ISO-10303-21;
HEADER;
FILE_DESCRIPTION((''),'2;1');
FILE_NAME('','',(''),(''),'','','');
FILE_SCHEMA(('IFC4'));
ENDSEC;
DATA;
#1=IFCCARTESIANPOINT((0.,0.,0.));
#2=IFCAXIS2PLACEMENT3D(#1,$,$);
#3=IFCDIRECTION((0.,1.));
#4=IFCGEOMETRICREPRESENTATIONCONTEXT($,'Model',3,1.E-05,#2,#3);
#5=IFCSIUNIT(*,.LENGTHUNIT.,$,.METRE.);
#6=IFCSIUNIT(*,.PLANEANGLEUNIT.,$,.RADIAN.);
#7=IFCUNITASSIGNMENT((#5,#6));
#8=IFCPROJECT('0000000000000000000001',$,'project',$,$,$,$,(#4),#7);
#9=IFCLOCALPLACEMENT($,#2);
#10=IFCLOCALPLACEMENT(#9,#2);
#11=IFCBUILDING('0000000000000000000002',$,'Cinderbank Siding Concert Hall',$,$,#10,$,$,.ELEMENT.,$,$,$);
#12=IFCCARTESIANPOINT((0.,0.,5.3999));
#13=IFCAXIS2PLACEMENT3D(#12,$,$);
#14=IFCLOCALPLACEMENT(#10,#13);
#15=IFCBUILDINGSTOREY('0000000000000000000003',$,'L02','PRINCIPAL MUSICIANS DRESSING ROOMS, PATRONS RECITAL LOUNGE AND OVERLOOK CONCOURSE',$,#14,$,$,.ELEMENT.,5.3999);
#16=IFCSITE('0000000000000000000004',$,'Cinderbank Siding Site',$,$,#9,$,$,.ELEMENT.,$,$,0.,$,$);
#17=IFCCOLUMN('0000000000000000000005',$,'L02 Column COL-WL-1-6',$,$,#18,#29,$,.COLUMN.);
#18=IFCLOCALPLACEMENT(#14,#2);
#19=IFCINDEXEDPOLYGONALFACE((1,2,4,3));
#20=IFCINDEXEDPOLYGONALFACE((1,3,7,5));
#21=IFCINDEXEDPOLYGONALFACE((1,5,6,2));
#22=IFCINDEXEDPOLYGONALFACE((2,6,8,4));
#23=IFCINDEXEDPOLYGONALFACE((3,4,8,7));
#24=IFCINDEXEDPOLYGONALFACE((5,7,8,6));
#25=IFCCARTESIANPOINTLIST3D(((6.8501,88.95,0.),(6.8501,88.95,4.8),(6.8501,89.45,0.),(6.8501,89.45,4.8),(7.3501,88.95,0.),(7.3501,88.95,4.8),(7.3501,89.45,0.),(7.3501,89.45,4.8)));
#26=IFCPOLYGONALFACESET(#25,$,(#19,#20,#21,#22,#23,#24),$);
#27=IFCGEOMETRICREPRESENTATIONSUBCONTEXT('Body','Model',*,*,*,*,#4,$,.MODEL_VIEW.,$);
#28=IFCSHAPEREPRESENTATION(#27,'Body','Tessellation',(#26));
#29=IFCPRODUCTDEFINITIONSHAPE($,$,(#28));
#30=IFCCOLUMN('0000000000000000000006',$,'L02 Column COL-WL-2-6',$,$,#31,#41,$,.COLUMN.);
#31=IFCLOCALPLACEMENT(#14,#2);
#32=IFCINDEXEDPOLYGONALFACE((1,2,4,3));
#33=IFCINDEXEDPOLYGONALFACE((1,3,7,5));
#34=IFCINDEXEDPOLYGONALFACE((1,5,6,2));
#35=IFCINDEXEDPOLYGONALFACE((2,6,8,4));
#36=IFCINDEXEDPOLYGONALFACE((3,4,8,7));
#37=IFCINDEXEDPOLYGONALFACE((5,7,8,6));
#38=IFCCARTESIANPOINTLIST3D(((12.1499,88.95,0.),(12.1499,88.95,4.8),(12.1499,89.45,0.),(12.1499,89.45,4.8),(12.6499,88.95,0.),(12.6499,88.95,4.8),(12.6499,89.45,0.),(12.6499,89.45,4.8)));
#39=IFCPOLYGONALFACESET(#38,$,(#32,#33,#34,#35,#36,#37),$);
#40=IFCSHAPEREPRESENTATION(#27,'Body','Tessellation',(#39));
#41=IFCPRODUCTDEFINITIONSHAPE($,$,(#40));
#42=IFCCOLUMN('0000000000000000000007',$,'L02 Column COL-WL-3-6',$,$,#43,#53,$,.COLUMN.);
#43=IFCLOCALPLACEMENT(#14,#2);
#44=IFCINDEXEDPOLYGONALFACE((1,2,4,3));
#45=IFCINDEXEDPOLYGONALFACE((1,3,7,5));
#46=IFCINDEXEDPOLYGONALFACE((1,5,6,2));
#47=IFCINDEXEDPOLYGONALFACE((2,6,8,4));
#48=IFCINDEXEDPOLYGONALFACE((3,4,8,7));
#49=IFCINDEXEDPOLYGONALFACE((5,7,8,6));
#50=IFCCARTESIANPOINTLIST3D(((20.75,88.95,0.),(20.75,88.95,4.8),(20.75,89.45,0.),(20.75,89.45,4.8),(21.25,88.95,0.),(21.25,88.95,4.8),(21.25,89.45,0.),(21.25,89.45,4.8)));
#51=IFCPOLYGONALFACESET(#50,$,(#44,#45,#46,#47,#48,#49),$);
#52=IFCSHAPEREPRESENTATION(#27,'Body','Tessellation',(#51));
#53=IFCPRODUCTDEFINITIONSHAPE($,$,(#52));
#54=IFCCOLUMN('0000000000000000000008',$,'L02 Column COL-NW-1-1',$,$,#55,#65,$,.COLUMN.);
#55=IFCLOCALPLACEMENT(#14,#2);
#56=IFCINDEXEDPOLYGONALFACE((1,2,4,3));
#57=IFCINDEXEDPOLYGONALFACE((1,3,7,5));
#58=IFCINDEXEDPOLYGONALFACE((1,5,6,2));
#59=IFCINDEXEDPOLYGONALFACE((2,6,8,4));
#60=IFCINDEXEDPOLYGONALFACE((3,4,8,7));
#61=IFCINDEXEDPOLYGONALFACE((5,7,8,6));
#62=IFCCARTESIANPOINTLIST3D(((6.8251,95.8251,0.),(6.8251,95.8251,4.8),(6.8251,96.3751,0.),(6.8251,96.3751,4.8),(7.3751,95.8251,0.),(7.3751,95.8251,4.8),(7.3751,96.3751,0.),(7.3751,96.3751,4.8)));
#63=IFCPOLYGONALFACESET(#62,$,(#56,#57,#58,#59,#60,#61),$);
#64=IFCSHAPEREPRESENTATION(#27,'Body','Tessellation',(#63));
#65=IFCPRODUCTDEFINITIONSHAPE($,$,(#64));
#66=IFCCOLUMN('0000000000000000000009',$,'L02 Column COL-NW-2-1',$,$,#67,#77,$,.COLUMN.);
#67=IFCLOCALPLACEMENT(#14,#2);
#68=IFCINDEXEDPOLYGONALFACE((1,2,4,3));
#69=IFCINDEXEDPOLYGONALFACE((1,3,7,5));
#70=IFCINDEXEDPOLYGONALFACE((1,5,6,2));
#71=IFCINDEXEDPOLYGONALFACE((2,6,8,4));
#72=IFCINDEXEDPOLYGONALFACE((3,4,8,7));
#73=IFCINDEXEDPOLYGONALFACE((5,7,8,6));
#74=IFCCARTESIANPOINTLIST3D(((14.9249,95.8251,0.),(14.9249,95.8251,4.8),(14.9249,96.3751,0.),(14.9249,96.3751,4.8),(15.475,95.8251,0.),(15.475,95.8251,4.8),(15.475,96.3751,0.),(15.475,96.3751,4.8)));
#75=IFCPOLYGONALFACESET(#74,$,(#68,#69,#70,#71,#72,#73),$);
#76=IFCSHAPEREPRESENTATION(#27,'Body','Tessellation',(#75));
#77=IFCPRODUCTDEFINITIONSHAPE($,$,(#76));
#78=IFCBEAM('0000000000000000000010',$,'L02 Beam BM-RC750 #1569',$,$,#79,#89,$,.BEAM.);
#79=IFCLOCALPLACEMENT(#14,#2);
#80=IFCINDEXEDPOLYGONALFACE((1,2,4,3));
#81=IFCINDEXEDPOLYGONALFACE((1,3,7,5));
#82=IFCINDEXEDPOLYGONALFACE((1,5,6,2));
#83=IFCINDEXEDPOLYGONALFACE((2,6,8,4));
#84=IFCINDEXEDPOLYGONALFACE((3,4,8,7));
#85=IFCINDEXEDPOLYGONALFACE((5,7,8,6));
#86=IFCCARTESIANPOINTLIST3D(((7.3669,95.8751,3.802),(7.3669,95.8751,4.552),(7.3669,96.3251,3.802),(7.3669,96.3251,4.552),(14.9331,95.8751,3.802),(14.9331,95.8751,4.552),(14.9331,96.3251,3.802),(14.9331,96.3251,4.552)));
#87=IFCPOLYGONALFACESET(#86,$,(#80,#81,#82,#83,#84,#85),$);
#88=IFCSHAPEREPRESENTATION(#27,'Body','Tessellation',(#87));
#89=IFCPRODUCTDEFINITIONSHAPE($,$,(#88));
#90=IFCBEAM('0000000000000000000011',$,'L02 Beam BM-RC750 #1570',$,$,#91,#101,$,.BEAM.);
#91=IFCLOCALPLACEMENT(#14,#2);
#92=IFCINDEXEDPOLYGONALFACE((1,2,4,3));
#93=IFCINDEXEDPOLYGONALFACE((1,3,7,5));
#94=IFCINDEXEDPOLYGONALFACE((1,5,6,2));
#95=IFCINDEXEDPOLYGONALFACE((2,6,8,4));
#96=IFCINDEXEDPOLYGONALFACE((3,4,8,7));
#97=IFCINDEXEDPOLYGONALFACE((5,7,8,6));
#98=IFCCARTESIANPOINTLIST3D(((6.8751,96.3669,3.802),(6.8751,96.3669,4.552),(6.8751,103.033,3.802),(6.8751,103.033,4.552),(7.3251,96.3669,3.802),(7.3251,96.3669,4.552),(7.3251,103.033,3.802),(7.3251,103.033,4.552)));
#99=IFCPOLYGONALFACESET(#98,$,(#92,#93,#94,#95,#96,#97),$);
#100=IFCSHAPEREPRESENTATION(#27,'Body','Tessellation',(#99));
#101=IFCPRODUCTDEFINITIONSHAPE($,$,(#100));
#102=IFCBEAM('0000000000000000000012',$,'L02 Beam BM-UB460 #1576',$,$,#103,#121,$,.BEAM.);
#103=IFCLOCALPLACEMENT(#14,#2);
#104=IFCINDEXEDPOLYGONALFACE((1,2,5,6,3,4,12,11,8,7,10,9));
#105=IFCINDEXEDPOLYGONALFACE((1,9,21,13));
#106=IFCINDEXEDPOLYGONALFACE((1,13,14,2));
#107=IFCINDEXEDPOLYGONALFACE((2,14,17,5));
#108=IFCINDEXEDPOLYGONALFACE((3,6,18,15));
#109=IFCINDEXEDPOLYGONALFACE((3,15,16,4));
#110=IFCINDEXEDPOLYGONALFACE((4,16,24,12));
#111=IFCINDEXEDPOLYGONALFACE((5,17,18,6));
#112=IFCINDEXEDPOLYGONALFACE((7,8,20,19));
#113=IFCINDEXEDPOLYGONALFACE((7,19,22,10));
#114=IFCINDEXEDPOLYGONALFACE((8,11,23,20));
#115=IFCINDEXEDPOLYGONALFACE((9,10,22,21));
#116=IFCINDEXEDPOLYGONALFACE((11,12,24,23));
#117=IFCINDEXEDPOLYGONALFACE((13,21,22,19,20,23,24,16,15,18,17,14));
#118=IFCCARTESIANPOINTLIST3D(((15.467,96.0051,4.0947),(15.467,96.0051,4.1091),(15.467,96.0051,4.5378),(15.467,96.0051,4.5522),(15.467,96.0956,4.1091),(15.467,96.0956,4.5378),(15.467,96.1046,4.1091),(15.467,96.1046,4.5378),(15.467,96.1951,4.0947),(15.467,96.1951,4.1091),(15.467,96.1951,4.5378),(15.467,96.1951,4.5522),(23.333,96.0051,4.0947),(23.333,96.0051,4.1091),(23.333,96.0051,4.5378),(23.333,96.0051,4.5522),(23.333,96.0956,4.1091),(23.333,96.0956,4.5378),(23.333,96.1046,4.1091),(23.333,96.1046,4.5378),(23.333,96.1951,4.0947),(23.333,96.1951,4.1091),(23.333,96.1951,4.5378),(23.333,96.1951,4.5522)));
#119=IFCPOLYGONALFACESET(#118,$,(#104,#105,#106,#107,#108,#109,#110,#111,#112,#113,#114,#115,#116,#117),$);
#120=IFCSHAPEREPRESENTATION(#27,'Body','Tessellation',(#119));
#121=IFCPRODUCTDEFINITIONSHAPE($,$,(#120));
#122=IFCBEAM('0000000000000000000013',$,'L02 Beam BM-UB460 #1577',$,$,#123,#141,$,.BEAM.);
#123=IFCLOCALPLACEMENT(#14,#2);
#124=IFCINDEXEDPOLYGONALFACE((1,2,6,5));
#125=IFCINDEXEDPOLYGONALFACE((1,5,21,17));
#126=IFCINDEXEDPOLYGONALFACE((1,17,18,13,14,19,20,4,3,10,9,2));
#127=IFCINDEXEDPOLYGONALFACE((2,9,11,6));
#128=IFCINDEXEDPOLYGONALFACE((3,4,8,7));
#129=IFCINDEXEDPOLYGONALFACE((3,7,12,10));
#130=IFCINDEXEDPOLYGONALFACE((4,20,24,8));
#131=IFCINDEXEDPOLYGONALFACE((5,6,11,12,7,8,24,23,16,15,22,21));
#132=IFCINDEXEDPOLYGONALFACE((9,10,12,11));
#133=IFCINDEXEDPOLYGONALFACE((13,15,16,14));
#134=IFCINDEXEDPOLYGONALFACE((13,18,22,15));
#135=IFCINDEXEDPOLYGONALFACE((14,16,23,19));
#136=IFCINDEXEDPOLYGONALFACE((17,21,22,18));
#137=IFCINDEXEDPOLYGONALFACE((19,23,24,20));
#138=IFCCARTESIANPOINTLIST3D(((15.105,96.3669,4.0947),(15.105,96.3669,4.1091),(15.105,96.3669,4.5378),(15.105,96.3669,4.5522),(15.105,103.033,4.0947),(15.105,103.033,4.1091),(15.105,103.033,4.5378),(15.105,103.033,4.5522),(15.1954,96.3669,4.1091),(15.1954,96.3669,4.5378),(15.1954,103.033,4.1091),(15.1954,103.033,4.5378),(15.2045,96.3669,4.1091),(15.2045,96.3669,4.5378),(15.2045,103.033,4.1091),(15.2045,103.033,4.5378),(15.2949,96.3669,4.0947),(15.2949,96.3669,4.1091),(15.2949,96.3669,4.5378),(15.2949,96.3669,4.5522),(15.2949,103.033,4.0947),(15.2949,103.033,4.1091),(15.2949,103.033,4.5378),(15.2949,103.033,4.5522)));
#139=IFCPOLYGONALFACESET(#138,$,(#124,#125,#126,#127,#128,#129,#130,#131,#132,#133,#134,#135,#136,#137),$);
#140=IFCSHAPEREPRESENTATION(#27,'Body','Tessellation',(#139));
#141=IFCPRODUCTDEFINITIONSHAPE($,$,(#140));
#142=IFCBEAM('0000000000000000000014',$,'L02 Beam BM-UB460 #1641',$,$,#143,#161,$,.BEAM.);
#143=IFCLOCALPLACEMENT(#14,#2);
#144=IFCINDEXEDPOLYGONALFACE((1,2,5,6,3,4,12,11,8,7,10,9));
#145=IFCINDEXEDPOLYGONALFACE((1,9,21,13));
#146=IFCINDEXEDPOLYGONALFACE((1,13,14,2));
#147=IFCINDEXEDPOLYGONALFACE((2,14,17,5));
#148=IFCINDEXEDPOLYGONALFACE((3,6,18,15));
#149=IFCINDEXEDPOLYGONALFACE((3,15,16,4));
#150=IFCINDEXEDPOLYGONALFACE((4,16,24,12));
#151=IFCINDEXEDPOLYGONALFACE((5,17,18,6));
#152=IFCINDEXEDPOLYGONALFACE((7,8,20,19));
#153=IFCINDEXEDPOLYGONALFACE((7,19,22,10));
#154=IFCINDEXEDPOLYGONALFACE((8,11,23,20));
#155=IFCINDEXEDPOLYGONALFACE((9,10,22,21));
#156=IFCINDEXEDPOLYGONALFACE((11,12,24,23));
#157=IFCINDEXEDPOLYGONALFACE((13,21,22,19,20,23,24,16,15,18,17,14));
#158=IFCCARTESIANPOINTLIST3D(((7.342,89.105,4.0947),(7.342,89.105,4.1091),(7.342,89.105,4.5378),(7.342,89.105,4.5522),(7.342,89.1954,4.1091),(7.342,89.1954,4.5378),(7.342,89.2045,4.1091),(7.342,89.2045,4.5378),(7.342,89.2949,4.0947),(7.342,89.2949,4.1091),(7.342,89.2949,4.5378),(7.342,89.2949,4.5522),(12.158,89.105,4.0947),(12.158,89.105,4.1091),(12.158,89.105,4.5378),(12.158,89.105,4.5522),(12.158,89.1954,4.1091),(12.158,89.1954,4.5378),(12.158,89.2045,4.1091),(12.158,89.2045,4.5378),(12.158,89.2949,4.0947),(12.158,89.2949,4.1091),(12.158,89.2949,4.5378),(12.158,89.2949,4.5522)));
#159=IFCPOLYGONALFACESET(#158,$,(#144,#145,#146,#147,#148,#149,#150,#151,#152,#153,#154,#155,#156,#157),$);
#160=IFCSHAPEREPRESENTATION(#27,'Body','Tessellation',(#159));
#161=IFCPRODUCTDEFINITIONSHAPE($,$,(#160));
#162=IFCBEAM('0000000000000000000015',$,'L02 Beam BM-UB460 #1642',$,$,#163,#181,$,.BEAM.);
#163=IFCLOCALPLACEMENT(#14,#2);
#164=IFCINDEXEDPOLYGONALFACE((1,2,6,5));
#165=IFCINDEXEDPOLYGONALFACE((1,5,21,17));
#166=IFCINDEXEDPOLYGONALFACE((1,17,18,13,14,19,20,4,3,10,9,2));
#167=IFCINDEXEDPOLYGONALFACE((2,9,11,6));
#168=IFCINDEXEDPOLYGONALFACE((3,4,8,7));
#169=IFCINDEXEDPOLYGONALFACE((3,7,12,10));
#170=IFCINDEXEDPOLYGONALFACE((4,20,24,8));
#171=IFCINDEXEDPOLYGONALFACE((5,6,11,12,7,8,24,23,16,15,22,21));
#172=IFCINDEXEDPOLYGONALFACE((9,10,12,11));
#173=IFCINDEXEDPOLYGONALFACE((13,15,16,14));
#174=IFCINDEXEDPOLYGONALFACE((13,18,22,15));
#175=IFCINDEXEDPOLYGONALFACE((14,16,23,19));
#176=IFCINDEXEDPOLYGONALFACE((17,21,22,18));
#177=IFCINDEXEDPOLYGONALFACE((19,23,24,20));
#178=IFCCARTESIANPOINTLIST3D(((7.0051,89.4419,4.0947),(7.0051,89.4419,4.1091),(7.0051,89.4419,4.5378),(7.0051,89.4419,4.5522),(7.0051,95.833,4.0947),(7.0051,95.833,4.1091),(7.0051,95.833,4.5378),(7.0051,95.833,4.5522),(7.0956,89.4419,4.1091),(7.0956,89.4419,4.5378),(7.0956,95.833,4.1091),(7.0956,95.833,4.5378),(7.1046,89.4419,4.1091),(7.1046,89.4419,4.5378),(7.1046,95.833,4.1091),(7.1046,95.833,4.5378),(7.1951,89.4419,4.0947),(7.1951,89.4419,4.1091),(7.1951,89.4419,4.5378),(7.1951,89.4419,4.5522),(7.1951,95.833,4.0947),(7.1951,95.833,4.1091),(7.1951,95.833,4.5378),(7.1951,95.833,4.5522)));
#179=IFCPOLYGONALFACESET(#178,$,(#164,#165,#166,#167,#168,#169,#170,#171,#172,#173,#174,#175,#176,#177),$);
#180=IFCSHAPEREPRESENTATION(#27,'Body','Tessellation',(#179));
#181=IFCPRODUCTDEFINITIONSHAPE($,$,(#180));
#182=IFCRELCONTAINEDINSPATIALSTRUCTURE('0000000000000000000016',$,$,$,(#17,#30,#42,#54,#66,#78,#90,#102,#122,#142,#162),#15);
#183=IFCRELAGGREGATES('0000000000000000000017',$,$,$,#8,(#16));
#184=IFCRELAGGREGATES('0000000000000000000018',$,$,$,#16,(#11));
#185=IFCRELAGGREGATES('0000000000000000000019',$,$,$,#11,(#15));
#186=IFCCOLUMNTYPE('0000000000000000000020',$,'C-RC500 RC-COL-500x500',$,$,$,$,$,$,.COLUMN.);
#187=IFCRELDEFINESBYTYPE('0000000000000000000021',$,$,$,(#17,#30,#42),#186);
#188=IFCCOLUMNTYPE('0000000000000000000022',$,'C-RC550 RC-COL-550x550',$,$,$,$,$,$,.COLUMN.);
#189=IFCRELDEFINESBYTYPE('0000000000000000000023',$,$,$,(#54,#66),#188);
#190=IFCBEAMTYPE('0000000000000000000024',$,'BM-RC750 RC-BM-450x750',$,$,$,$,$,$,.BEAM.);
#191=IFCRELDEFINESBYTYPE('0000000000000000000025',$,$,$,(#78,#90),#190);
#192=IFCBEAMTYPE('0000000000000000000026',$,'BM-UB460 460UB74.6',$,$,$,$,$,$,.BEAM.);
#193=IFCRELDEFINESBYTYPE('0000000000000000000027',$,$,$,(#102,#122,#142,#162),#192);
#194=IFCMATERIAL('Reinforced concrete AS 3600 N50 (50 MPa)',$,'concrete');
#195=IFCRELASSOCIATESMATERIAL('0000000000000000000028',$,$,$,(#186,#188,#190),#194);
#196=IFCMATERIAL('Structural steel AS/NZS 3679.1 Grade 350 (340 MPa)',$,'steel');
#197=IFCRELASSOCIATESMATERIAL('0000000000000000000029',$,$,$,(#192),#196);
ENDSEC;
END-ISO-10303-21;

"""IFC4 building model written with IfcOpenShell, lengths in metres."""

from ifc_helpers import new_model, si_unit, direction, frame, origin, origin_2d, place, context, subcontext, project, spatial, rectangle, i_section, extrude, material, material_profile, profile_set, type_object, element, save


model = new_model("IFC4")

# Units and contexts
model_context = context("Model", 3, precision=1e-05, world=origin(), true_north=direction((0.0, 1.0)))
body_context = subcontext(model_context, "Body", "Model", "MODEL_VIEW")
ifc_project = project(units=[si_unit("LENGTHUNIT", "METRE"), si_unit("PLANEANGLEUNIT", "RADIAN")], contexts=[model_context])

# Site, building, storey
site_placement = place(None, origin())
site = spatial("IfcSite", under=ifc_project, at=site_placement, Name="Cinderbank Siding Site", CompositionType="ELEMENT", RefElevation=0.0)
building_placement = place(site_placement, origin())
building = spatial("IfcBuilding", under=site, at=building_placement, Name="Cinderbank Siding Concert Hall", CompositionType="ELEMENT")
storey_placement = place(building_placement, frame((0.0, 0.0, 5.3999)))
storey = spatial("IfcBuildingStorey", under=building, at=storey_placement, Name="L02", Description="PRINCIPAL MUSICIANS DRESSING ROOMS, PATRONS RECITAL LOUNGE AND OVERLOOK CONCOURSE", CompositionType="ELEMENT", Elevation=5.3999)

# Columns
ifc_material_1 = material(Name="Reinforced concrete AS 3600 N50 (50 MPa)", Category="concrete")
ifc_material_profile_1 = material_profile(ifc_material_1, rectangle(XDim=0.5, YDim=0.5, at=origin_2d()), Name="RC-COL-500x500", Category="LoadBearing")
ifc_profile_set_1 = profile_set([ifc_material_profile_1], Name="Reinforced concrete AS 3600 N50 (50 MPa)")
column_type_1 = type_object("IfcColumnType", Name="C-RC500 RC-COL-500x500", PredefinedType="COLUMN", material=ifc_profile_set_1)
for number, where, z_axis, x_axis, name in (
    (1, (7.1001, 89.2, 0.0), (0.0, 0.0, 1.0), (1.0, 0.0, 0.0), "L02 Column COL-WL-1-6"),
    (2, (12.3999, 89.2, 0.0), (0.0, 0.0, 1.0), (1.0, 0.0, 0.0), "L02 Column COL-WL-2-6"),
    (3, (21.0, 89.2, 0.0), (0.0, 0.0, 1.0), (1.0, 0.0, 0.0), "L02 Column COL-WL-3-6"),
):
    element("IfcColumn", number, at=place(storey_placement, frame(where, z_axis=z_axis, x_axis=x_axis)), inside=storey, type_object=column_type_1, Name=name, PredefinedType="COLUMN", context=body_context, shape_type="SweptSolid", body=[
        extrude(rectangle(XDim=0.5, YDim=0.5, at=origin_2d()), origin(), (0.0, 0.0, 1.0), 4.8),
    ])
ifc_material_profile_2 = material_profile(ifc_material_1, rectangle(XDim=0.55, YDim=0.55, at=origin_2d()), Name="RC-COL-550x550", Category="LoadBearing")
ifc_profile_set_2 = profile_set([ifc_material_profile_2], Name="Reinforced concrete AS 3600 N50 (50 MPa)")
column_type_2 = type_object("IfcColumnType", Name="C-RC550 RC-COL-550x550", PredefinedType="COLUMN", material=ifc_profile_set_2)
for number, where, z_axis, x_axis, name in (
    (4, (7.1001, 96.1001, 0.0), (0.0, 0.0, 1.0), (1.0, 0.0, 0.0), "L02 Column COL-NW-1-1"),
    (5, (15.2, 96.1001, 0.0), (0.0, 0.0, 1.0), (1.0, 0.0, 0.0), "L02 Column COL-NW-2-1"),
):
    element("IfcColumn", number, at=place(storey_placement, frame(where, z_axis=z_axis, x_axis=x_axis)), inside=storey, type_object=column_type_2, Name=name, PredefinedType="COLUMN", context=body_context, shape_type="SweptSolid", body=[
        extrude(rectangle(XDim=0.55, YDim=0.55, at=origin_2d()), origin(), (0.0, 0.0, 1.0), 4.8),
    ])

# Beams
ifc_material_profile_3 = material_profile(ifc_material_1, rectangle(XDim=0.45, YDim=0.75, at=origin_2d()), Name="RC-BM-450x750", Category="LoadBearing")
ifc_profile_set_3 = profile_set([ifc_material_profile_3], Name="Reinforced concrete AS 3600 N50 (50 MPa)")
beam_type_1 = type_object("IfcBeamType", Name="BM-RC750 RC-BM-450x750", PredefinedType="BEAM", material=ifc_profile_set_3)
beam_1_placement = place(storey_placement, frame((7.3669, 96.1001, 4.177), z_axis=(1.0, 0.0, 0.0), x_axis=(0.0, 1.0, 0.0)))
element("IfcBeam", 6, at=beam_1_placement, inside=storey, type_object=beam_type_1, Name="L02 Beam BM-RC750 #1569", PredefinedType="BEAM", context=body_context, shape_type="SweptSolid", body=[
    extrude(rectangle(XDim=0.45, YDim=0.75, at=origin_2d()), origin(), (0.0, 0.0, 1.0), 7.5662),
])
beam_2_placement = place(storey_placement, frame((7.1001, 96.3669, 4.177), z_axis=(0.0, 1.0, 0.0), x_axis=(-1.0, 0.0, 0.0)))
element("IfcBeam", 7, at=beam_2_placement, inside=storey, type_object=beam_type_1, Name="L02 Beam BM-RC750 #1570", PredefinedType="BEAM", context=body_context, shape_type="SweptSolid", body=[
    extrude(rectangle(XDim=0.45, YDim=0.75, at=origin_2d()), origin(), (0.0, 0.0, 1.0), 6.666),
])
ifc_material_2 = material(Name="Structural steel AS/NZS 3679.1 Grade 350 (340 MPa)", Category="steel")
ifc_material_profile_4 = material_profile(ifc_material_2, i_section(OverallWidth=0.1899, OverallDepth=0.4575, WebThickness=0.009, FlangeThickness=0.0144, at=origin_2d()), Name="460UB74.6", Category="LoadBearing")
ifc_profile_set_4 = profile_set([ifc_material_profile_4], Name="Structural steel AS/NZS 3679.1 Grade 350 (340 MPa)")
beam_type_2 = type_object("IfcBeamType", Name="BM-UB460 460UB74.6", PredefinedType="BEAM", material=ifc_profile_set_4)
beam_3_placement = place(storey_placement, frame((15.467, 96.1001, 4.3235), z_axis=(1.0, 0.0, 0.0), x_axis=(0.0, 1.0, 0.0)))
element("IfcBeam", 8, at=beam_3_placement, inside=storey, type_object=beam_type_2, Name="L02 Beam BM-UB460 #1576", PredefinedType="BEAM", context=body_context, shape_type="SweptSolid", body=[
    extrude(i_section(OverallWidth=0.1899, OverallDepth=0.4575, WebThickness=0.009, FlangeThickness=0.0144, at=origin_2d()), origin(), (0.0, 0.0, 1.0), 7.866),
])
beam_4_placement = place(storey_placement, frame((15.2, 96.3669, 4.3235), z_axis=(0.0, 1.0, 0.0), x_axis=(-1.0, 0.0, 0.0)))
element("IfcBeam", 9, at=beam_4_placement, inside=storey, type_object=beam_type_2, Name="L02 Beam BM-UB460 #1577", PredefinedType="BEAM", context=body_context, shape_type="SweptSolid", body=[
    extrude(i_section(OverallWidth=0.1899, OverallDepth=0.4575, WebThickness=0.009, FlangeThickness=0.0144, at=origin_2d()), origin(), (0.0, 0.0, 1.0), 6.666),
])
beam_5_placement = place(storey_placement, frame((7.342, 89.2, 4.3235), z_axis=(1.0, 0.0, 0.0), x_axis=(0.0, 1.0, 0.0)))
element("IfcBeam", 10, at=beam_5_placement, inside=storey, type_object=beam_type_2, Name="L02 Beam BM-UB460 #1641", PredefinedType="BEAM", context=body_context, shape_type="SweptSolid", body=[
    extrude(i_section(OverallWidth=0.1899, OverallDepth=0.4575, WebThickness=0.009, FlangeThickness=0.0144, at=origin_2d()), origin(), (0.0, 0.0, 1.0), 4.8159),
])
beam_6_placement = place(storey_placement, frame((7.1001, 89.4419, 4.3235), z_axis=(0.0, 1.0, 0.0), x_axis=(-1.0, 0.0, 0.0)))
element("IfcBeam", 11, at=beam_6_placement, inside=storey, type_object=beam_type_2, Name="L02 Beam BM-UB460 #1642", PredefinedType="BEAM", context=body_context, shape_type="SweptSolid", body=[
    extrude(i_section(OverallWidth=0.1899, OverallDepth=0.4575, WebThickness=0.009, FlangeThickness=0.0144, at=origin_2d()), origin(), (0.0, 0.0, 1.0), 6.3911),
])

save(model, "model.ifc")
